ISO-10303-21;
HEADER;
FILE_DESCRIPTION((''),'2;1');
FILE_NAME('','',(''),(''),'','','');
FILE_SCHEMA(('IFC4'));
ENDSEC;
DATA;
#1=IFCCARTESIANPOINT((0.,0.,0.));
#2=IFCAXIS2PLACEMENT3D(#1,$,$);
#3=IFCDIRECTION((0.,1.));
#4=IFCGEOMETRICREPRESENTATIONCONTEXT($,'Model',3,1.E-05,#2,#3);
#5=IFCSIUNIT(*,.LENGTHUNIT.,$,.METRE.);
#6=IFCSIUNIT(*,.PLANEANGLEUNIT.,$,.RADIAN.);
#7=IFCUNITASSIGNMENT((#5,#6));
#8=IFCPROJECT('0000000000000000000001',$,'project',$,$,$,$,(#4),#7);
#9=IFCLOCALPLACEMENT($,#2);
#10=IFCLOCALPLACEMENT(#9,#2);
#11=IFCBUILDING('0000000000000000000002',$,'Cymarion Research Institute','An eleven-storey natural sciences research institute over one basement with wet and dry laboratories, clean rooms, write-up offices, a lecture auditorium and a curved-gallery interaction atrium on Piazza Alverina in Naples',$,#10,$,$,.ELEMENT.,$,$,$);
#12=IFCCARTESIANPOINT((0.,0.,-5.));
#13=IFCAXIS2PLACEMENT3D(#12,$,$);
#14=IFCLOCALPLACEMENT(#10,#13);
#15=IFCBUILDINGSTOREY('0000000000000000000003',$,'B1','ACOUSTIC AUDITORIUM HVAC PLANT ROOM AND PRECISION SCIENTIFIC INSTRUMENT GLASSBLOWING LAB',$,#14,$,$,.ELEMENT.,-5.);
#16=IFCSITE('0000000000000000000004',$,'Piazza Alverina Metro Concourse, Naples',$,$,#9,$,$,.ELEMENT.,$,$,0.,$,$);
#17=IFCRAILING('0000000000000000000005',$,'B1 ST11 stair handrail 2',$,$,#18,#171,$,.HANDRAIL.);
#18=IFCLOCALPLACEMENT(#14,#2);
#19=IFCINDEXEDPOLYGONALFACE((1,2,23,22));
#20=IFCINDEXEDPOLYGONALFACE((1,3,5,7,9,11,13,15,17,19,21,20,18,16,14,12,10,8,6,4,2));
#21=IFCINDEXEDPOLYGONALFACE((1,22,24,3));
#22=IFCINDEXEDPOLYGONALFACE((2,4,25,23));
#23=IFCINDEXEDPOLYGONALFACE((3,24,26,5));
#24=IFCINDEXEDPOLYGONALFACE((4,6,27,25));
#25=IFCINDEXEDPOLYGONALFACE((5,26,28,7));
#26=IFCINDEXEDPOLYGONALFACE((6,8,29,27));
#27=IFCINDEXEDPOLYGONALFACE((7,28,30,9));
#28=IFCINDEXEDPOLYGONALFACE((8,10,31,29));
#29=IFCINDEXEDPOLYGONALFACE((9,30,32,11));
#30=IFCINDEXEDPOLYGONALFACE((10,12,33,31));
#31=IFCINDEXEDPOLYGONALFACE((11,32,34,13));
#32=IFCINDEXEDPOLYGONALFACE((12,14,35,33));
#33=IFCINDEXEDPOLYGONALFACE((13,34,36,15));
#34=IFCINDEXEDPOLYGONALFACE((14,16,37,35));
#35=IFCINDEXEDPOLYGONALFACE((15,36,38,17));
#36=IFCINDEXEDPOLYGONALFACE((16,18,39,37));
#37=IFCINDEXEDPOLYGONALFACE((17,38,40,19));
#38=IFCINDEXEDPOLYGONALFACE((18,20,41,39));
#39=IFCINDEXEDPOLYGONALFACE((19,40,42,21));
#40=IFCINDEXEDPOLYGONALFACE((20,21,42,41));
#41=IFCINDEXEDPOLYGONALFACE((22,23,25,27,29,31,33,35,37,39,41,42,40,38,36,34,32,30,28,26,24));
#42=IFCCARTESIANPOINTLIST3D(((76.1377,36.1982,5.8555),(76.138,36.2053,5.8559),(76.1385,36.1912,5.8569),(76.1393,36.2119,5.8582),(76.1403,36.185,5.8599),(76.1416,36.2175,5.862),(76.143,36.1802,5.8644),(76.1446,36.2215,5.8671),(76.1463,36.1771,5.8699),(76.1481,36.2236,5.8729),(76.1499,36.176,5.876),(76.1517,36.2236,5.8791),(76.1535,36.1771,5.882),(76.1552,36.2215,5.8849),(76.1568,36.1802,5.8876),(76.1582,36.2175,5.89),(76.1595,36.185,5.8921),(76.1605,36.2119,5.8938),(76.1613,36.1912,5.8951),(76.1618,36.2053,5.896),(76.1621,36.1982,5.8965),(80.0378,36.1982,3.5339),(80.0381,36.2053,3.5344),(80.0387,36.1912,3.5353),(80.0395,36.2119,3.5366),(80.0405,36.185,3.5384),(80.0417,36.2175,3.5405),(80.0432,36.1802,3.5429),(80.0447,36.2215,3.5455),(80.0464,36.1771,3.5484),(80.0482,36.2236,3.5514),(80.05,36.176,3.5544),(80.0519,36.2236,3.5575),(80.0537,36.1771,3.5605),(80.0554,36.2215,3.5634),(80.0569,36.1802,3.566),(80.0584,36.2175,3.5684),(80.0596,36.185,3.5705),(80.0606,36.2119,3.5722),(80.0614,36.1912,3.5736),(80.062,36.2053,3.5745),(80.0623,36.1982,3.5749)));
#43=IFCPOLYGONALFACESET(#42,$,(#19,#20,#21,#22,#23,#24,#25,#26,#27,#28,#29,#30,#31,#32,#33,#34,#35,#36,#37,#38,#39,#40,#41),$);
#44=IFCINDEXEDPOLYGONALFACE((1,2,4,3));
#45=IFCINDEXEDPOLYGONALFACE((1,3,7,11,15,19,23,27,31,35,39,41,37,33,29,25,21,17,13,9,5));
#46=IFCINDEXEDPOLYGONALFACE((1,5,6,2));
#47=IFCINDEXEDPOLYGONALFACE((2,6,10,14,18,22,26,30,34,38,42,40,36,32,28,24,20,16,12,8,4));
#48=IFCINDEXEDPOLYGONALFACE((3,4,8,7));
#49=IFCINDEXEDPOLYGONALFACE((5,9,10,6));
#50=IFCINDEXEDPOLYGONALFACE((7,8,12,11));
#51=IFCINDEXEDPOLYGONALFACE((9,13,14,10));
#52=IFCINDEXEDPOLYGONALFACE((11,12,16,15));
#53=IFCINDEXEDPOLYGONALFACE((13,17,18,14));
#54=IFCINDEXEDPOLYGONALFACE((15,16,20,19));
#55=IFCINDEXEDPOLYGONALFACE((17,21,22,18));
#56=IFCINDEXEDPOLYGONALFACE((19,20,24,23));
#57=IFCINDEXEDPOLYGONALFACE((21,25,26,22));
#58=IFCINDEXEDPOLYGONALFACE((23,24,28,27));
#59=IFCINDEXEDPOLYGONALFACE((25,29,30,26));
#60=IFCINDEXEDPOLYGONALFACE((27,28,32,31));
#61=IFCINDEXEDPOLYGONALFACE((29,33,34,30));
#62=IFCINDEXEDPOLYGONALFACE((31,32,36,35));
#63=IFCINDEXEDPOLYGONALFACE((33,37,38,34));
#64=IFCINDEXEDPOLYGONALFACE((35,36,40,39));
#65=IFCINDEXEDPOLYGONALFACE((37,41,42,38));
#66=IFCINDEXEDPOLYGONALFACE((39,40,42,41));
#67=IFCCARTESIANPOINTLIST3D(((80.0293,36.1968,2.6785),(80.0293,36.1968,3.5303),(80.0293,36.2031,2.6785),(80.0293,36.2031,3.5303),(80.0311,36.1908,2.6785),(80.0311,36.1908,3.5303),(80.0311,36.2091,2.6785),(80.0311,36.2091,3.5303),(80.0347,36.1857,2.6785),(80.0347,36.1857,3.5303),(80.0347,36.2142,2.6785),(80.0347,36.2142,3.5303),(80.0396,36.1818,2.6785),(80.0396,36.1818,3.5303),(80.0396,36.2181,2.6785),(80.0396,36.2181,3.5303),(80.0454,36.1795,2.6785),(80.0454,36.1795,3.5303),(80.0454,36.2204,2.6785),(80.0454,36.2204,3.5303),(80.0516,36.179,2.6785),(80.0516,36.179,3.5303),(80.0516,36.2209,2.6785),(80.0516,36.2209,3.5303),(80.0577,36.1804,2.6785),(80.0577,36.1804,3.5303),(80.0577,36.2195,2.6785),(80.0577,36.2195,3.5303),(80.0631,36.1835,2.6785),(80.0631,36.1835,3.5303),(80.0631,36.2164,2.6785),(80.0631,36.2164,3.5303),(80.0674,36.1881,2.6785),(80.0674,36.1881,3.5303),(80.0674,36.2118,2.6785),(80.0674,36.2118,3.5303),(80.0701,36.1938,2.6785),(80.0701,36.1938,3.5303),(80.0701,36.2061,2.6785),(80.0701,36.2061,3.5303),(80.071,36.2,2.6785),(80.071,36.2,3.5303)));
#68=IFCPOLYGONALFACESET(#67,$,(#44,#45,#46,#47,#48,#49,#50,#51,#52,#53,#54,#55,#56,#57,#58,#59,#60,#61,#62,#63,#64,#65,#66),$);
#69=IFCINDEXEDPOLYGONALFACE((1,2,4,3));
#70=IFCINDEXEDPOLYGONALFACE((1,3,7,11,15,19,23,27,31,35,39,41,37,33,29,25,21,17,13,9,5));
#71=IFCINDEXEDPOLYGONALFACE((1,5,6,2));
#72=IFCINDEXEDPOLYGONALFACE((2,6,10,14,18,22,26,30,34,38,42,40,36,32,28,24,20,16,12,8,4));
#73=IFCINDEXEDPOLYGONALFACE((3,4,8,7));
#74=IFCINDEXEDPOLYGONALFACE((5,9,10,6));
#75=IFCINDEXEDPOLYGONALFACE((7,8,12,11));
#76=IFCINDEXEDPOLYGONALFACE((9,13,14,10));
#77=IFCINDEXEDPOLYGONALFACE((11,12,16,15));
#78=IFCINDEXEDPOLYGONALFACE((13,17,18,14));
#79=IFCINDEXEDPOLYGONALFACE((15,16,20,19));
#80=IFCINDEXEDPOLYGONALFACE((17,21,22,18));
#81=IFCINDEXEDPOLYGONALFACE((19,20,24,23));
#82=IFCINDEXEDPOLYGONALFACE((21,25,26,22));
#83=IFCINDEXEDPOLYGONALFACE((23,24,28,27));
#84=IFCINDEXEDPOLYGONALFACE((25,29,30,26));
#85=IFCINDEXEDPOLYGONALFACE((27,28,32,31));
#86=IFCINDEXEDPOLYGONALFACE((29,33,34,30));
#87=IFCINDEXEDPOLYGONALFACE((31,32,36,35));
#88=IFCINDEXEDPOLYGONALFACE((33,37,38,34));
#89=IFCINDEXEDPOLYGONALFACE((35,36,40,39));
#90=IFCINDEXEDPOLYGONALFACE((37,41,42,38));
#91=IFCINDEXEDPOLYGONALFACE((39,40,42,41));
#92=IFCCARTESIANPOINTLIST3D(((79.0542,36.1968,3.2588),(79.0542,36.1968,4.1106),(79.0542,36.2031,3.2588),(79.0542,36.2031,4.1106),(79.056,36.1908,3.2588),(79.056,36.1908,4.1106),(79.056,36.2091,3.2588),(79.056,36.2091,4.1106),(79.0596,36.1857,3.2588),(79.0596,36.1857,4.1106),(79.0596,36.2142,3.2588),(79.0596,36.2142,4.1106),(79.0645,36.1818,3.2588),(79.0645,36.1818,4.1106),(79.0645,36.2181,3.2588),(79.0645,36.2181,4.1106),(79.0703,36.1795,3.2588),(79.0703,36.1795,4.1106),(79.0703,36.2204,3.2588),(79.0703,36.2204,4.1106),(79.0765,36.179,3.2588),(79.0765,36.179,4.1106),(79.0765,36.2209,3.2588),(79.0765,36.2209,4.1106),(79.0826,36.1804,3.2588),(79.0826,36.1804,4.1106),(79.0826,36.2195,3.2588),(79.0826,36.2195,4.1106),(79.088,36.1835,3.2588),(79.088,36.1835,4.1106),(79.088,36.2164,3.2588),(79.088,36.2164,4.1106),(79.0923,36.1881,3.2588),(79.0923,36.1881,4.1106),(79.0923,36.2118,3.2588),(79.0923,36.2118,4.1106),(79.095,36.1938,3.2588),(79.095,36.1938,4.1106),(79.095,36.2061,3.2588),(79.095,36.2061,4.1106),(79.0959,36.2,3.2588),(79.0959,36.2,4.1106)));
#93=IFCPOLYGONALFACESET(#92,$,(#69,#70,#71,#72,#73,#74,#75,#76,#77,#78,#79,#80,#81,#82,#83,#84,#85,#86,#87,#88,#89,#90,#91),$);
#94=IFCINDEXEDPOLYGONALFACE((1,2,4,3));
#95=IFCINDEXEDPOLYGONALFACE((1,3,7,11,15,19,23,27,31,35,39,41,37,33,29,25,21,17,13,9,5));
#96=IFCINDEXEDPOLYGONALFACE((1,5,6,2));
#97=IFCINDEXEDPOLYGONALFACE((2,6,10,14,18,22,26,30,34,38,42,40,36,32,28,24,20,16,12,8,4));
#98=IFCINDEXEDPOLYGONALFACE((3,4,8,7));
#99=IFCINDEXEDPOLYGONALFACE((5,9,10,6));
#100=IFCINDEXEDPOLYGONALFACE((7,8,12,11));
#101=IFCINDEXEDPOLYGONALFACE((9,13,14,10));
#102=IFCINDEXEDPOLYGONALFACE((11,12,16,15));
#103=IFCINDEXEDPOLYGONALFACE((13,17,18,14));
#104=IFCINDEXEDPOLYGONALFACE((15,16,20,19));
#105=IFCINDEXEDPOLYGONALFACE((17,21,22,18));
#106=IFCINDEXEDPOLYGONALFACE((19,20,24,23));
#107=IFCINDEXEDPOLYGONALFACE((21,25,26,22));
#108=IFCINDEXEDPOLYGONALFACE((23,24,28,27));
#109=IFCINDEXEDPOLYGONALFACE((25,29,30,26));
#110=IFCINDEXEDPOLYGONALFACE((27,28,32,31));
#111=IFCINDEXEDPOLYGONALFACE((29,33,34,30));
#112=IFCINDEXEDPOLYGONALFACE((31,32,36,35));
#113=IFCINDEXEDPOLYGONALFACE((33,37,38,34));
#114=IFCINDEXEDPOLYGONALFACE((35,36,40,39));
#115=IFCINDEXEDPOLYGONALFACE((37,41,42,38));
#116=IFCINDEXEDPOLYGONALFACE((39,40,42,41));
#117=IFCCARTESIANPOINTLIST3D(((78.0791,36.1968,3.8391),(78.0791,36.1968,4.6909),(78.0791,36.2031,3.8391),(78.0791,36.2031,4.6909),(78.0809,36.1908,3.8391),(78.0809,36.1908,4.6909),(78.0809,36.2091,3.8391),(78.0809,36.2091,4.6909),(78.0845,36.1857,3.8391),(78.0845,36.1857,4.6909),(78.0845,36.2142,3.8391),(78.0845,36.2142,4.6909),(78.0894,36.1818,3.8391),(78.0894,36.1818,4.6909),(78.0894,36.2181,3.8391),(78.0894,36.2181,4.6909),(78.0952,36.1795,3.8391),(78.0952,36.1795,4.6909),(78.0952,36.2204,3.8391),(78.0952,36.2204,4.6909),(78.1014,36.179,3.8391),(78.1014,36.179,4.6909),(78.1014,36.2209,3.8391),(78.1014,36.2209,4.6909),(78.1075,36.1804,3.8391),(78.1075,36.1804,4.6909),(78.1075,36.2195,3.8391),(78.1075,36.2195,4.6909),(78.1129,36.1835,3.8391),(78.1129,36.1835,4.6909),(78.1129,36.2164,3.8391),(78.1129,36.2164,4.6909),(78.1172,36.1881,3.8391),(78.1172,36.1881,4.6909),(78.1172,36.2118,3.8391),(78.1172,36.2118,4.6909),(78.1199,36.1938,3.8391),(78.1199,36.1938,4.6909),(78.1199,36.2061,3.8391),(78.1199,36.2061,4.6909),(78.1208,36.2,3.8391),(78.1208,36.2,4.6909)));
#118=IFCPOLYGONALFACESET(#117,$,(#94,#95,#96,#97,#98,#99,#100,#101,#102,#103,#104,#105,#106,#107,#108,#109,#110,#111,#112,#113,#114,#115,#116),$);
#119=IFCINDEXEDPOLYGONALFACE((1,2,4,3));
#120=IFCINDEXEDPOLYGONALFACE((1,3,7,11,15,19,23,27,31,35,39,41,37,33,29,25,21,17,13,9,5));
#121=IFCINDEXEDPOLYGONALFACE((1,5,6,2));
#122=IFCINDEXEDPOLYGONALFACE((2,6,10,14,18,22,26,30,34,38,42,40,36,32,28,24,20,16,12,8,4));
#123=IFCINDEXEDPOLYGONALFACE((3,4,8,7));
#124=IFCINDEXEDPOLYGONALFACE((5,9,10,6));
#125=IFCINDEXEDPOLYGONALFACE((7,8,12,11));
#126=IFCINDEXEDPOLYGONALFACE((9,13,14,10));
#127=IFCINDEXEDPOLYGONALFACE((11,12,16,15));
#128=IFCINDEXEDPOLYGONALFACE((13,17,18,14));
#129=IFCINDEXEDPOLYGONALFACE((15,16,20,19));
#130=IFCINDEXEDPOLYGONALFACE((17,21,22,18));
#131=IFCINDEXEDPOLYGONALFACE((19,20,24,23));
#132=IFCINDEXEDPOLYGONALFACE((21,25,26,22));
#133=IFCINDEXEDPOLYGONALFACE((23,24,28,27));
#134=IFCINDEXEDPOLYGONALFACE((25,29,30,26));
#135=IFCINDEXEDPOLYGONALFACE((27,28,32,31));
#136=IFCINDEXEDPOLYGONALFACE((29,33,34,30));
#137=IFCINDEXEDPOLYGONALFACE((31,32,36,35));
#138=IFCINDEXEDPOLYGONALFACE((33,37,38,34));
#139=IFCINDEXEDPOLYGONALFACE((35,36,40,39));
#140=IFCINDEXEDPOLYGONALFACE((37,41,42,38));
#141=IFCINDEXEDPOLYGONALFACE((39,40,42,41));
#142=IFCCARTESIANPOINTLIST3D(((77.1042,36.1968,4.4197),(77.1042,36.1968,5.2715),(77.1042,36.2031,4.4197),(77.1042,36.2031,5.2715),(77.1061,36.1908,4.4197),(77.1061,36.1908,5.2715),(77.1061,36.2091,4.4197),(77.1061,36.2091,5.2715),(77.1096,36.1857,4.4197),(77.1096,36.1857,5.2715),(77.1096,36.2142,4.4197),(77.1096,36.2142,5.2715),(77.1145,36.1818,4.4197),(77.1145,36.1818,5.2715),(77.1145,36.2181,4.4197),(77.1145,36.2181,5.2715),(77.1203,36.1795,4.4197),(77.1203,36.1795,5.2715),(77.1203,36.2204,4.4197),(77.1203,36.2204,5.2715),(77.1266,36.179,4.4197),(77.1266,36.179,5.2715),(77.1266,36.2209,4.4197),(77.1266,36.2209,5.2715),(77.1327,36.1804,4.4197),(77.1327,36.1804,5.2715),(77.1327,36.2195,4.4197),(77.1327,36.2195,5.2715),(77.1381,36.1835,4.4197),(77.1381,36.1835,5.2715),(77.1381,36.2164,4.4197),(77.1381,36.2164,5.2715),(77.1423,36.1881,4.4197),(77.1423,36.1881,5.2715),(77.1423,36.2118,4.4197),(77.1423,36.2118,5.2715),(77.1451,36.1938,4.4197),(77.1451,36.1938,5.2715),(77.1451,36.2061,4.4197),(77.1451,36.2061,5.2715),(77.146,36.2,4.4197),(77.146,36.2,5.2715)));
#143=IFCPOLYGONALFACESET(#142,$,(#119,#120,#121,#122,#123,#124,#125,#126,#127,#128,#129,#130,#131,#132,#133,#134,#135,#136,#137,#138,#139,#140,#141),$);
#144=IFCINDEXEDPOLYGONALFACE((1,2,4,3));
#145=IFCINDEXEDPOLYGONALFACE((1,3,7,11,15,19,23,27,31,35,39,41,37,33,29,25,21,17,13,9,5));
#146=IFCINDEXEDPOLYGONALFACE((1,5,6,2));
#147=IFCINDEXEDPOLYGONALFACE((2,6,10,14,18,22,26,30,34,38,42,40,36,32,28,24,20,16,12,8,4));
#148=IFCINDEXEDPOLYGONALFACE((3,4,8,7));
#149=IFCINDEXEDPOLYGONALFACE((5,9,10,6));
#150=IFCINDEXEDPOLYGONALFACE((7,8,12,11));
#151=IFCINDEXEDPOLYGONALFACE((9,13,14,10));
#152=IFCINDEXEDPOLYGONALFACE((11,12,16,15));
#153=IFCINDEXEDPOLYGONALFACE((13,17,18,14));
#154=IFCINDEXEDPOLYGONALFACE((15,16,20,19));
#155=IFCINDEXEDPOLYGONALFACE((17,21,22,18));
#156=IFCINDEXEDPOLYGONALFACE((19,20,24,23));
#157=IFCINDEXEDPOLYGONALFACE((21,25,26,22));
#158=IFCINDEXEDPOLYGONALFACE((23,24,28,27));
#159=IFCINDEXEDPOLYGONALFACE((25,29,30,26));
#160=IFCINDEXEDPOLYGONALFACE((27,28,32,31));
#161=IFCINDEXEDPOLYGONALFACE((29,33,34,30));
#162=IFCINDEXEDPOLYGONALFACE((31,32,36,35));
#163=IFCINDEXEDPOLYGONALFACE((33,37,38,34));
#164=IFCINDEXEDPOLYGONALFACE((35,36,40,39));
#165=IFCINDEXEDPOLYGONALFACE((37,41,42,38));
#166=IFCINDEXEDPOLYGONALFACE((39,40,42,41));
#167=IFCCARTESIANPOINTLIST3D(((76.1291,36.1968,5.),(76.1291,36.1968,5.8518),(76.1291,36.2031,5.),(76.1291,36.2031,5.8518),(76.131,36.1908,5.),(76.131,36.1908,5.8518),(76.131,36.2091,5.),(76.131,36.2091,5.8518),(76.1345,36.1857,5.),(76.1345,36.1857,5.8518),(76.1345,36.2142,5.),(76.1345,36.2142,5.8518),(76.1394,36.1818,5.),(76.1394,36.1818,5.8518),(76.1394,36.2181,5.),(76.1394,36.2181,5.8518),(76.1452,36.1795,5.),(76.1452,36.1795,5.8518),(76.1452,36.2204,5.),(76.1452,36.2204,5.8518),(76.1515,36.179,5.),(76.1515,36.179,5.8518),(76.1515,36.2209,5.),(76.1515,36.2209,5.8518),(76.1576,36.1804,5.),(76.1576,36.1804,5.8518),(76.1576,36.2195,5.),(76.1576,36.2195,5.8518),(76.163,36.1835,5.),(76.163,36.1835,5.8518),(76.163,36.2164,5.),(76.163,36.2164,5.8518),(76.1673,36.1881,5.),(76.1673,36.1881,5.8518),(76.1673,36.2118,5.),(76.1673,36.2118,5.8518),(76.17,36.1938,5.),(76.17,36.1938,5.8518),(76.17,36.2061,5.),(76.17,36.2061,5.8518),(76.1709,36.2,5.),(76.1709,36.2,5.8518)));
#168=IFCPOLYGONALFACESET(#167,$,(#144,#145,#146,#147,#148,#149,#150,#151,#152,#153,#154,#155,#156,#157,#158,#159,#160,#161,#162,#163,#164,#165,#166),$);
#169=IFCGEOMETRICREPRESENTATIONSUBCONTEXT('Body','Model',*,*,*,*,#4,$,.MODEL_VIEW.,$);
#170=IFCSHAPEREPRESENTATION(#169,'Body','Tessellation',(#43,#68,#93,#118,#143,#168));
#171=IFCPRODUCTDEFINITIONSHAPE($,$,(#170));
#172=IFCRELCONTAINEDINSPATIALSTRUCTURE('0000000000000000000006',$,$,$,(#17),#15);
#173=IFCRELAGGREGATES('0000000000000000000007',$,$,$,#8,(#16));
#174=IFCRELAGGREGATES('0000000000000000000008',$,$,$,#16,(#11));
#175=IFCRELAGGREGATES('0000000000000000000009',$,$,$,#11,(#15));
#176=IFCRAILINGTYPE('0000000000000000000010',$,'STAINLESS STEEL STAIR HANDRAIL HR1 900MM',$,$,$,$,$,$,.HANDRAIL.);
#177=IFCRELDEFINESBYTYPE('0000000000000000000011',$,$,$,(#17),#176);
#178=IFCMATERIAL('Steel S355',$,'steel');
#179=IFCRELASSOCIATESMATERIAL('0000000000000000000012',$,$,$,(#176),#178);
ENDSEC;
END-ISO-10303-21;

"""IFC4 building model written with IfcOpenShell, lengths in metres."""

from ifc_helpers import new_model, si_unit, direction, frame, origin, origin_2d, place, context, subcontext, project, spatial, circle, extrude, material, type_object, element, save


model = new_model("IFC4")

# Units and contexts
model_context = context("Model", 3, precision=1e-05, world=origin(), true_north=direction((0.0, 1.0)))
body_context = subcontext(model_context, "Body", "Model", "MODEL_VIEW")
ifc_project = project(units=[si_unit("LENGTHUNIT", "METRE"), si_unit("PLANEANGLEUNIT", "RADIAN")], contexts=[model_context])

# Site, building, storey
site_placement = place(None, origin())
site = spatial("IfcSite", under=ifc_project, at=site_placement, Name="Piazza Alverina Metro Concourse, Naples", CompositionType="ELEMENT", RefElevation=0.0)
building_placement = place(site_placement, origin())
building = spatial("IfcBuilding", under=site, at=building_placement, Name="Cymarion Research Institute", Description="An eleven-storey natural sciences research institute over one basement with wet and dry laboratories, clean rooms, write-up offices, a lecture auditorium and a curved-gallery interaction atrium on Piazza Alverina in Naples", CompositionType="ELEMENT")
storey_placement = place(building_placement, frame((0.0, 0.0, -5.0)))
storey = spatial("IfcBuildingStorey", under=building, at=storey_placement, Name="B1", Description="ACOUSTIC AUDITORIUM HVAC PLANT ROOM AND PRECISION SCIENTIFIC INSTRUMENT GLASSBLOWING LAB", CompositionType="ELEMENT", Elevation=-5.0)

# Shared definitions
ifc_material_1 = material(Name="Steel S355", Category="steel")

# Railing
railing_type_1 = type_object("IfcRailingType", Name="STAINLESS STEEL STAIR HANDRAIL HR1 900MM", PredefinedType="HANDRAIL", material=ifc_material_1)
for number, where, name in (
    (1, (80.05, 36.2, 2.6785), "B1 ST11 stair handrail 2"),
):
    element("IfcRailing", number, at=place(storey_placement, frame(where)), inside=storey, type_object=railing_type_1, Name=name, PredefinedType="HANDRAIL", context=body_context, shape_type="SweptSolid", body=[
        extrude(circle(Radius=0.0239, at=origin_2d()), frame((0.0, 0.0, 0.876), z_axis=(-0.859291, 0.0, 0.511487), x_axis=(0.0, -1.0, 0.0)), (0.0, 0.0, 1.0), 4.5388),
        extrude(circle(Radius=0.021, at=origin_2d()), origin(), (0.0, 0.0, 1.0), 0.8518),
        extrude(circle(Radius=0.021, at=origin_2d()), frame((-0.9751, 0.0, 0.5803)), (0.0, 0.0, 1.0), 0.8518),
        extrude(circle(Radius=0.021, at=origin_2d()), frame((-1.9502, 0.0, 1.1606)), (0.0, 0.0, 1.0), 0.8518),
        extrude(circle(Radius=0.021, at=origin_2d()), frame((-2.925, 0.0, 1.7412)), (0.0, 0.0, 1.0), 0.8518),
        extrude(circle(Radius=0.021, at=origin_2d()), frame((-3.9001, 0.0, 2.3215)), (0.0, 0.0, 1.0), 0.8518),
    ])

save(model, "model.ifc")
